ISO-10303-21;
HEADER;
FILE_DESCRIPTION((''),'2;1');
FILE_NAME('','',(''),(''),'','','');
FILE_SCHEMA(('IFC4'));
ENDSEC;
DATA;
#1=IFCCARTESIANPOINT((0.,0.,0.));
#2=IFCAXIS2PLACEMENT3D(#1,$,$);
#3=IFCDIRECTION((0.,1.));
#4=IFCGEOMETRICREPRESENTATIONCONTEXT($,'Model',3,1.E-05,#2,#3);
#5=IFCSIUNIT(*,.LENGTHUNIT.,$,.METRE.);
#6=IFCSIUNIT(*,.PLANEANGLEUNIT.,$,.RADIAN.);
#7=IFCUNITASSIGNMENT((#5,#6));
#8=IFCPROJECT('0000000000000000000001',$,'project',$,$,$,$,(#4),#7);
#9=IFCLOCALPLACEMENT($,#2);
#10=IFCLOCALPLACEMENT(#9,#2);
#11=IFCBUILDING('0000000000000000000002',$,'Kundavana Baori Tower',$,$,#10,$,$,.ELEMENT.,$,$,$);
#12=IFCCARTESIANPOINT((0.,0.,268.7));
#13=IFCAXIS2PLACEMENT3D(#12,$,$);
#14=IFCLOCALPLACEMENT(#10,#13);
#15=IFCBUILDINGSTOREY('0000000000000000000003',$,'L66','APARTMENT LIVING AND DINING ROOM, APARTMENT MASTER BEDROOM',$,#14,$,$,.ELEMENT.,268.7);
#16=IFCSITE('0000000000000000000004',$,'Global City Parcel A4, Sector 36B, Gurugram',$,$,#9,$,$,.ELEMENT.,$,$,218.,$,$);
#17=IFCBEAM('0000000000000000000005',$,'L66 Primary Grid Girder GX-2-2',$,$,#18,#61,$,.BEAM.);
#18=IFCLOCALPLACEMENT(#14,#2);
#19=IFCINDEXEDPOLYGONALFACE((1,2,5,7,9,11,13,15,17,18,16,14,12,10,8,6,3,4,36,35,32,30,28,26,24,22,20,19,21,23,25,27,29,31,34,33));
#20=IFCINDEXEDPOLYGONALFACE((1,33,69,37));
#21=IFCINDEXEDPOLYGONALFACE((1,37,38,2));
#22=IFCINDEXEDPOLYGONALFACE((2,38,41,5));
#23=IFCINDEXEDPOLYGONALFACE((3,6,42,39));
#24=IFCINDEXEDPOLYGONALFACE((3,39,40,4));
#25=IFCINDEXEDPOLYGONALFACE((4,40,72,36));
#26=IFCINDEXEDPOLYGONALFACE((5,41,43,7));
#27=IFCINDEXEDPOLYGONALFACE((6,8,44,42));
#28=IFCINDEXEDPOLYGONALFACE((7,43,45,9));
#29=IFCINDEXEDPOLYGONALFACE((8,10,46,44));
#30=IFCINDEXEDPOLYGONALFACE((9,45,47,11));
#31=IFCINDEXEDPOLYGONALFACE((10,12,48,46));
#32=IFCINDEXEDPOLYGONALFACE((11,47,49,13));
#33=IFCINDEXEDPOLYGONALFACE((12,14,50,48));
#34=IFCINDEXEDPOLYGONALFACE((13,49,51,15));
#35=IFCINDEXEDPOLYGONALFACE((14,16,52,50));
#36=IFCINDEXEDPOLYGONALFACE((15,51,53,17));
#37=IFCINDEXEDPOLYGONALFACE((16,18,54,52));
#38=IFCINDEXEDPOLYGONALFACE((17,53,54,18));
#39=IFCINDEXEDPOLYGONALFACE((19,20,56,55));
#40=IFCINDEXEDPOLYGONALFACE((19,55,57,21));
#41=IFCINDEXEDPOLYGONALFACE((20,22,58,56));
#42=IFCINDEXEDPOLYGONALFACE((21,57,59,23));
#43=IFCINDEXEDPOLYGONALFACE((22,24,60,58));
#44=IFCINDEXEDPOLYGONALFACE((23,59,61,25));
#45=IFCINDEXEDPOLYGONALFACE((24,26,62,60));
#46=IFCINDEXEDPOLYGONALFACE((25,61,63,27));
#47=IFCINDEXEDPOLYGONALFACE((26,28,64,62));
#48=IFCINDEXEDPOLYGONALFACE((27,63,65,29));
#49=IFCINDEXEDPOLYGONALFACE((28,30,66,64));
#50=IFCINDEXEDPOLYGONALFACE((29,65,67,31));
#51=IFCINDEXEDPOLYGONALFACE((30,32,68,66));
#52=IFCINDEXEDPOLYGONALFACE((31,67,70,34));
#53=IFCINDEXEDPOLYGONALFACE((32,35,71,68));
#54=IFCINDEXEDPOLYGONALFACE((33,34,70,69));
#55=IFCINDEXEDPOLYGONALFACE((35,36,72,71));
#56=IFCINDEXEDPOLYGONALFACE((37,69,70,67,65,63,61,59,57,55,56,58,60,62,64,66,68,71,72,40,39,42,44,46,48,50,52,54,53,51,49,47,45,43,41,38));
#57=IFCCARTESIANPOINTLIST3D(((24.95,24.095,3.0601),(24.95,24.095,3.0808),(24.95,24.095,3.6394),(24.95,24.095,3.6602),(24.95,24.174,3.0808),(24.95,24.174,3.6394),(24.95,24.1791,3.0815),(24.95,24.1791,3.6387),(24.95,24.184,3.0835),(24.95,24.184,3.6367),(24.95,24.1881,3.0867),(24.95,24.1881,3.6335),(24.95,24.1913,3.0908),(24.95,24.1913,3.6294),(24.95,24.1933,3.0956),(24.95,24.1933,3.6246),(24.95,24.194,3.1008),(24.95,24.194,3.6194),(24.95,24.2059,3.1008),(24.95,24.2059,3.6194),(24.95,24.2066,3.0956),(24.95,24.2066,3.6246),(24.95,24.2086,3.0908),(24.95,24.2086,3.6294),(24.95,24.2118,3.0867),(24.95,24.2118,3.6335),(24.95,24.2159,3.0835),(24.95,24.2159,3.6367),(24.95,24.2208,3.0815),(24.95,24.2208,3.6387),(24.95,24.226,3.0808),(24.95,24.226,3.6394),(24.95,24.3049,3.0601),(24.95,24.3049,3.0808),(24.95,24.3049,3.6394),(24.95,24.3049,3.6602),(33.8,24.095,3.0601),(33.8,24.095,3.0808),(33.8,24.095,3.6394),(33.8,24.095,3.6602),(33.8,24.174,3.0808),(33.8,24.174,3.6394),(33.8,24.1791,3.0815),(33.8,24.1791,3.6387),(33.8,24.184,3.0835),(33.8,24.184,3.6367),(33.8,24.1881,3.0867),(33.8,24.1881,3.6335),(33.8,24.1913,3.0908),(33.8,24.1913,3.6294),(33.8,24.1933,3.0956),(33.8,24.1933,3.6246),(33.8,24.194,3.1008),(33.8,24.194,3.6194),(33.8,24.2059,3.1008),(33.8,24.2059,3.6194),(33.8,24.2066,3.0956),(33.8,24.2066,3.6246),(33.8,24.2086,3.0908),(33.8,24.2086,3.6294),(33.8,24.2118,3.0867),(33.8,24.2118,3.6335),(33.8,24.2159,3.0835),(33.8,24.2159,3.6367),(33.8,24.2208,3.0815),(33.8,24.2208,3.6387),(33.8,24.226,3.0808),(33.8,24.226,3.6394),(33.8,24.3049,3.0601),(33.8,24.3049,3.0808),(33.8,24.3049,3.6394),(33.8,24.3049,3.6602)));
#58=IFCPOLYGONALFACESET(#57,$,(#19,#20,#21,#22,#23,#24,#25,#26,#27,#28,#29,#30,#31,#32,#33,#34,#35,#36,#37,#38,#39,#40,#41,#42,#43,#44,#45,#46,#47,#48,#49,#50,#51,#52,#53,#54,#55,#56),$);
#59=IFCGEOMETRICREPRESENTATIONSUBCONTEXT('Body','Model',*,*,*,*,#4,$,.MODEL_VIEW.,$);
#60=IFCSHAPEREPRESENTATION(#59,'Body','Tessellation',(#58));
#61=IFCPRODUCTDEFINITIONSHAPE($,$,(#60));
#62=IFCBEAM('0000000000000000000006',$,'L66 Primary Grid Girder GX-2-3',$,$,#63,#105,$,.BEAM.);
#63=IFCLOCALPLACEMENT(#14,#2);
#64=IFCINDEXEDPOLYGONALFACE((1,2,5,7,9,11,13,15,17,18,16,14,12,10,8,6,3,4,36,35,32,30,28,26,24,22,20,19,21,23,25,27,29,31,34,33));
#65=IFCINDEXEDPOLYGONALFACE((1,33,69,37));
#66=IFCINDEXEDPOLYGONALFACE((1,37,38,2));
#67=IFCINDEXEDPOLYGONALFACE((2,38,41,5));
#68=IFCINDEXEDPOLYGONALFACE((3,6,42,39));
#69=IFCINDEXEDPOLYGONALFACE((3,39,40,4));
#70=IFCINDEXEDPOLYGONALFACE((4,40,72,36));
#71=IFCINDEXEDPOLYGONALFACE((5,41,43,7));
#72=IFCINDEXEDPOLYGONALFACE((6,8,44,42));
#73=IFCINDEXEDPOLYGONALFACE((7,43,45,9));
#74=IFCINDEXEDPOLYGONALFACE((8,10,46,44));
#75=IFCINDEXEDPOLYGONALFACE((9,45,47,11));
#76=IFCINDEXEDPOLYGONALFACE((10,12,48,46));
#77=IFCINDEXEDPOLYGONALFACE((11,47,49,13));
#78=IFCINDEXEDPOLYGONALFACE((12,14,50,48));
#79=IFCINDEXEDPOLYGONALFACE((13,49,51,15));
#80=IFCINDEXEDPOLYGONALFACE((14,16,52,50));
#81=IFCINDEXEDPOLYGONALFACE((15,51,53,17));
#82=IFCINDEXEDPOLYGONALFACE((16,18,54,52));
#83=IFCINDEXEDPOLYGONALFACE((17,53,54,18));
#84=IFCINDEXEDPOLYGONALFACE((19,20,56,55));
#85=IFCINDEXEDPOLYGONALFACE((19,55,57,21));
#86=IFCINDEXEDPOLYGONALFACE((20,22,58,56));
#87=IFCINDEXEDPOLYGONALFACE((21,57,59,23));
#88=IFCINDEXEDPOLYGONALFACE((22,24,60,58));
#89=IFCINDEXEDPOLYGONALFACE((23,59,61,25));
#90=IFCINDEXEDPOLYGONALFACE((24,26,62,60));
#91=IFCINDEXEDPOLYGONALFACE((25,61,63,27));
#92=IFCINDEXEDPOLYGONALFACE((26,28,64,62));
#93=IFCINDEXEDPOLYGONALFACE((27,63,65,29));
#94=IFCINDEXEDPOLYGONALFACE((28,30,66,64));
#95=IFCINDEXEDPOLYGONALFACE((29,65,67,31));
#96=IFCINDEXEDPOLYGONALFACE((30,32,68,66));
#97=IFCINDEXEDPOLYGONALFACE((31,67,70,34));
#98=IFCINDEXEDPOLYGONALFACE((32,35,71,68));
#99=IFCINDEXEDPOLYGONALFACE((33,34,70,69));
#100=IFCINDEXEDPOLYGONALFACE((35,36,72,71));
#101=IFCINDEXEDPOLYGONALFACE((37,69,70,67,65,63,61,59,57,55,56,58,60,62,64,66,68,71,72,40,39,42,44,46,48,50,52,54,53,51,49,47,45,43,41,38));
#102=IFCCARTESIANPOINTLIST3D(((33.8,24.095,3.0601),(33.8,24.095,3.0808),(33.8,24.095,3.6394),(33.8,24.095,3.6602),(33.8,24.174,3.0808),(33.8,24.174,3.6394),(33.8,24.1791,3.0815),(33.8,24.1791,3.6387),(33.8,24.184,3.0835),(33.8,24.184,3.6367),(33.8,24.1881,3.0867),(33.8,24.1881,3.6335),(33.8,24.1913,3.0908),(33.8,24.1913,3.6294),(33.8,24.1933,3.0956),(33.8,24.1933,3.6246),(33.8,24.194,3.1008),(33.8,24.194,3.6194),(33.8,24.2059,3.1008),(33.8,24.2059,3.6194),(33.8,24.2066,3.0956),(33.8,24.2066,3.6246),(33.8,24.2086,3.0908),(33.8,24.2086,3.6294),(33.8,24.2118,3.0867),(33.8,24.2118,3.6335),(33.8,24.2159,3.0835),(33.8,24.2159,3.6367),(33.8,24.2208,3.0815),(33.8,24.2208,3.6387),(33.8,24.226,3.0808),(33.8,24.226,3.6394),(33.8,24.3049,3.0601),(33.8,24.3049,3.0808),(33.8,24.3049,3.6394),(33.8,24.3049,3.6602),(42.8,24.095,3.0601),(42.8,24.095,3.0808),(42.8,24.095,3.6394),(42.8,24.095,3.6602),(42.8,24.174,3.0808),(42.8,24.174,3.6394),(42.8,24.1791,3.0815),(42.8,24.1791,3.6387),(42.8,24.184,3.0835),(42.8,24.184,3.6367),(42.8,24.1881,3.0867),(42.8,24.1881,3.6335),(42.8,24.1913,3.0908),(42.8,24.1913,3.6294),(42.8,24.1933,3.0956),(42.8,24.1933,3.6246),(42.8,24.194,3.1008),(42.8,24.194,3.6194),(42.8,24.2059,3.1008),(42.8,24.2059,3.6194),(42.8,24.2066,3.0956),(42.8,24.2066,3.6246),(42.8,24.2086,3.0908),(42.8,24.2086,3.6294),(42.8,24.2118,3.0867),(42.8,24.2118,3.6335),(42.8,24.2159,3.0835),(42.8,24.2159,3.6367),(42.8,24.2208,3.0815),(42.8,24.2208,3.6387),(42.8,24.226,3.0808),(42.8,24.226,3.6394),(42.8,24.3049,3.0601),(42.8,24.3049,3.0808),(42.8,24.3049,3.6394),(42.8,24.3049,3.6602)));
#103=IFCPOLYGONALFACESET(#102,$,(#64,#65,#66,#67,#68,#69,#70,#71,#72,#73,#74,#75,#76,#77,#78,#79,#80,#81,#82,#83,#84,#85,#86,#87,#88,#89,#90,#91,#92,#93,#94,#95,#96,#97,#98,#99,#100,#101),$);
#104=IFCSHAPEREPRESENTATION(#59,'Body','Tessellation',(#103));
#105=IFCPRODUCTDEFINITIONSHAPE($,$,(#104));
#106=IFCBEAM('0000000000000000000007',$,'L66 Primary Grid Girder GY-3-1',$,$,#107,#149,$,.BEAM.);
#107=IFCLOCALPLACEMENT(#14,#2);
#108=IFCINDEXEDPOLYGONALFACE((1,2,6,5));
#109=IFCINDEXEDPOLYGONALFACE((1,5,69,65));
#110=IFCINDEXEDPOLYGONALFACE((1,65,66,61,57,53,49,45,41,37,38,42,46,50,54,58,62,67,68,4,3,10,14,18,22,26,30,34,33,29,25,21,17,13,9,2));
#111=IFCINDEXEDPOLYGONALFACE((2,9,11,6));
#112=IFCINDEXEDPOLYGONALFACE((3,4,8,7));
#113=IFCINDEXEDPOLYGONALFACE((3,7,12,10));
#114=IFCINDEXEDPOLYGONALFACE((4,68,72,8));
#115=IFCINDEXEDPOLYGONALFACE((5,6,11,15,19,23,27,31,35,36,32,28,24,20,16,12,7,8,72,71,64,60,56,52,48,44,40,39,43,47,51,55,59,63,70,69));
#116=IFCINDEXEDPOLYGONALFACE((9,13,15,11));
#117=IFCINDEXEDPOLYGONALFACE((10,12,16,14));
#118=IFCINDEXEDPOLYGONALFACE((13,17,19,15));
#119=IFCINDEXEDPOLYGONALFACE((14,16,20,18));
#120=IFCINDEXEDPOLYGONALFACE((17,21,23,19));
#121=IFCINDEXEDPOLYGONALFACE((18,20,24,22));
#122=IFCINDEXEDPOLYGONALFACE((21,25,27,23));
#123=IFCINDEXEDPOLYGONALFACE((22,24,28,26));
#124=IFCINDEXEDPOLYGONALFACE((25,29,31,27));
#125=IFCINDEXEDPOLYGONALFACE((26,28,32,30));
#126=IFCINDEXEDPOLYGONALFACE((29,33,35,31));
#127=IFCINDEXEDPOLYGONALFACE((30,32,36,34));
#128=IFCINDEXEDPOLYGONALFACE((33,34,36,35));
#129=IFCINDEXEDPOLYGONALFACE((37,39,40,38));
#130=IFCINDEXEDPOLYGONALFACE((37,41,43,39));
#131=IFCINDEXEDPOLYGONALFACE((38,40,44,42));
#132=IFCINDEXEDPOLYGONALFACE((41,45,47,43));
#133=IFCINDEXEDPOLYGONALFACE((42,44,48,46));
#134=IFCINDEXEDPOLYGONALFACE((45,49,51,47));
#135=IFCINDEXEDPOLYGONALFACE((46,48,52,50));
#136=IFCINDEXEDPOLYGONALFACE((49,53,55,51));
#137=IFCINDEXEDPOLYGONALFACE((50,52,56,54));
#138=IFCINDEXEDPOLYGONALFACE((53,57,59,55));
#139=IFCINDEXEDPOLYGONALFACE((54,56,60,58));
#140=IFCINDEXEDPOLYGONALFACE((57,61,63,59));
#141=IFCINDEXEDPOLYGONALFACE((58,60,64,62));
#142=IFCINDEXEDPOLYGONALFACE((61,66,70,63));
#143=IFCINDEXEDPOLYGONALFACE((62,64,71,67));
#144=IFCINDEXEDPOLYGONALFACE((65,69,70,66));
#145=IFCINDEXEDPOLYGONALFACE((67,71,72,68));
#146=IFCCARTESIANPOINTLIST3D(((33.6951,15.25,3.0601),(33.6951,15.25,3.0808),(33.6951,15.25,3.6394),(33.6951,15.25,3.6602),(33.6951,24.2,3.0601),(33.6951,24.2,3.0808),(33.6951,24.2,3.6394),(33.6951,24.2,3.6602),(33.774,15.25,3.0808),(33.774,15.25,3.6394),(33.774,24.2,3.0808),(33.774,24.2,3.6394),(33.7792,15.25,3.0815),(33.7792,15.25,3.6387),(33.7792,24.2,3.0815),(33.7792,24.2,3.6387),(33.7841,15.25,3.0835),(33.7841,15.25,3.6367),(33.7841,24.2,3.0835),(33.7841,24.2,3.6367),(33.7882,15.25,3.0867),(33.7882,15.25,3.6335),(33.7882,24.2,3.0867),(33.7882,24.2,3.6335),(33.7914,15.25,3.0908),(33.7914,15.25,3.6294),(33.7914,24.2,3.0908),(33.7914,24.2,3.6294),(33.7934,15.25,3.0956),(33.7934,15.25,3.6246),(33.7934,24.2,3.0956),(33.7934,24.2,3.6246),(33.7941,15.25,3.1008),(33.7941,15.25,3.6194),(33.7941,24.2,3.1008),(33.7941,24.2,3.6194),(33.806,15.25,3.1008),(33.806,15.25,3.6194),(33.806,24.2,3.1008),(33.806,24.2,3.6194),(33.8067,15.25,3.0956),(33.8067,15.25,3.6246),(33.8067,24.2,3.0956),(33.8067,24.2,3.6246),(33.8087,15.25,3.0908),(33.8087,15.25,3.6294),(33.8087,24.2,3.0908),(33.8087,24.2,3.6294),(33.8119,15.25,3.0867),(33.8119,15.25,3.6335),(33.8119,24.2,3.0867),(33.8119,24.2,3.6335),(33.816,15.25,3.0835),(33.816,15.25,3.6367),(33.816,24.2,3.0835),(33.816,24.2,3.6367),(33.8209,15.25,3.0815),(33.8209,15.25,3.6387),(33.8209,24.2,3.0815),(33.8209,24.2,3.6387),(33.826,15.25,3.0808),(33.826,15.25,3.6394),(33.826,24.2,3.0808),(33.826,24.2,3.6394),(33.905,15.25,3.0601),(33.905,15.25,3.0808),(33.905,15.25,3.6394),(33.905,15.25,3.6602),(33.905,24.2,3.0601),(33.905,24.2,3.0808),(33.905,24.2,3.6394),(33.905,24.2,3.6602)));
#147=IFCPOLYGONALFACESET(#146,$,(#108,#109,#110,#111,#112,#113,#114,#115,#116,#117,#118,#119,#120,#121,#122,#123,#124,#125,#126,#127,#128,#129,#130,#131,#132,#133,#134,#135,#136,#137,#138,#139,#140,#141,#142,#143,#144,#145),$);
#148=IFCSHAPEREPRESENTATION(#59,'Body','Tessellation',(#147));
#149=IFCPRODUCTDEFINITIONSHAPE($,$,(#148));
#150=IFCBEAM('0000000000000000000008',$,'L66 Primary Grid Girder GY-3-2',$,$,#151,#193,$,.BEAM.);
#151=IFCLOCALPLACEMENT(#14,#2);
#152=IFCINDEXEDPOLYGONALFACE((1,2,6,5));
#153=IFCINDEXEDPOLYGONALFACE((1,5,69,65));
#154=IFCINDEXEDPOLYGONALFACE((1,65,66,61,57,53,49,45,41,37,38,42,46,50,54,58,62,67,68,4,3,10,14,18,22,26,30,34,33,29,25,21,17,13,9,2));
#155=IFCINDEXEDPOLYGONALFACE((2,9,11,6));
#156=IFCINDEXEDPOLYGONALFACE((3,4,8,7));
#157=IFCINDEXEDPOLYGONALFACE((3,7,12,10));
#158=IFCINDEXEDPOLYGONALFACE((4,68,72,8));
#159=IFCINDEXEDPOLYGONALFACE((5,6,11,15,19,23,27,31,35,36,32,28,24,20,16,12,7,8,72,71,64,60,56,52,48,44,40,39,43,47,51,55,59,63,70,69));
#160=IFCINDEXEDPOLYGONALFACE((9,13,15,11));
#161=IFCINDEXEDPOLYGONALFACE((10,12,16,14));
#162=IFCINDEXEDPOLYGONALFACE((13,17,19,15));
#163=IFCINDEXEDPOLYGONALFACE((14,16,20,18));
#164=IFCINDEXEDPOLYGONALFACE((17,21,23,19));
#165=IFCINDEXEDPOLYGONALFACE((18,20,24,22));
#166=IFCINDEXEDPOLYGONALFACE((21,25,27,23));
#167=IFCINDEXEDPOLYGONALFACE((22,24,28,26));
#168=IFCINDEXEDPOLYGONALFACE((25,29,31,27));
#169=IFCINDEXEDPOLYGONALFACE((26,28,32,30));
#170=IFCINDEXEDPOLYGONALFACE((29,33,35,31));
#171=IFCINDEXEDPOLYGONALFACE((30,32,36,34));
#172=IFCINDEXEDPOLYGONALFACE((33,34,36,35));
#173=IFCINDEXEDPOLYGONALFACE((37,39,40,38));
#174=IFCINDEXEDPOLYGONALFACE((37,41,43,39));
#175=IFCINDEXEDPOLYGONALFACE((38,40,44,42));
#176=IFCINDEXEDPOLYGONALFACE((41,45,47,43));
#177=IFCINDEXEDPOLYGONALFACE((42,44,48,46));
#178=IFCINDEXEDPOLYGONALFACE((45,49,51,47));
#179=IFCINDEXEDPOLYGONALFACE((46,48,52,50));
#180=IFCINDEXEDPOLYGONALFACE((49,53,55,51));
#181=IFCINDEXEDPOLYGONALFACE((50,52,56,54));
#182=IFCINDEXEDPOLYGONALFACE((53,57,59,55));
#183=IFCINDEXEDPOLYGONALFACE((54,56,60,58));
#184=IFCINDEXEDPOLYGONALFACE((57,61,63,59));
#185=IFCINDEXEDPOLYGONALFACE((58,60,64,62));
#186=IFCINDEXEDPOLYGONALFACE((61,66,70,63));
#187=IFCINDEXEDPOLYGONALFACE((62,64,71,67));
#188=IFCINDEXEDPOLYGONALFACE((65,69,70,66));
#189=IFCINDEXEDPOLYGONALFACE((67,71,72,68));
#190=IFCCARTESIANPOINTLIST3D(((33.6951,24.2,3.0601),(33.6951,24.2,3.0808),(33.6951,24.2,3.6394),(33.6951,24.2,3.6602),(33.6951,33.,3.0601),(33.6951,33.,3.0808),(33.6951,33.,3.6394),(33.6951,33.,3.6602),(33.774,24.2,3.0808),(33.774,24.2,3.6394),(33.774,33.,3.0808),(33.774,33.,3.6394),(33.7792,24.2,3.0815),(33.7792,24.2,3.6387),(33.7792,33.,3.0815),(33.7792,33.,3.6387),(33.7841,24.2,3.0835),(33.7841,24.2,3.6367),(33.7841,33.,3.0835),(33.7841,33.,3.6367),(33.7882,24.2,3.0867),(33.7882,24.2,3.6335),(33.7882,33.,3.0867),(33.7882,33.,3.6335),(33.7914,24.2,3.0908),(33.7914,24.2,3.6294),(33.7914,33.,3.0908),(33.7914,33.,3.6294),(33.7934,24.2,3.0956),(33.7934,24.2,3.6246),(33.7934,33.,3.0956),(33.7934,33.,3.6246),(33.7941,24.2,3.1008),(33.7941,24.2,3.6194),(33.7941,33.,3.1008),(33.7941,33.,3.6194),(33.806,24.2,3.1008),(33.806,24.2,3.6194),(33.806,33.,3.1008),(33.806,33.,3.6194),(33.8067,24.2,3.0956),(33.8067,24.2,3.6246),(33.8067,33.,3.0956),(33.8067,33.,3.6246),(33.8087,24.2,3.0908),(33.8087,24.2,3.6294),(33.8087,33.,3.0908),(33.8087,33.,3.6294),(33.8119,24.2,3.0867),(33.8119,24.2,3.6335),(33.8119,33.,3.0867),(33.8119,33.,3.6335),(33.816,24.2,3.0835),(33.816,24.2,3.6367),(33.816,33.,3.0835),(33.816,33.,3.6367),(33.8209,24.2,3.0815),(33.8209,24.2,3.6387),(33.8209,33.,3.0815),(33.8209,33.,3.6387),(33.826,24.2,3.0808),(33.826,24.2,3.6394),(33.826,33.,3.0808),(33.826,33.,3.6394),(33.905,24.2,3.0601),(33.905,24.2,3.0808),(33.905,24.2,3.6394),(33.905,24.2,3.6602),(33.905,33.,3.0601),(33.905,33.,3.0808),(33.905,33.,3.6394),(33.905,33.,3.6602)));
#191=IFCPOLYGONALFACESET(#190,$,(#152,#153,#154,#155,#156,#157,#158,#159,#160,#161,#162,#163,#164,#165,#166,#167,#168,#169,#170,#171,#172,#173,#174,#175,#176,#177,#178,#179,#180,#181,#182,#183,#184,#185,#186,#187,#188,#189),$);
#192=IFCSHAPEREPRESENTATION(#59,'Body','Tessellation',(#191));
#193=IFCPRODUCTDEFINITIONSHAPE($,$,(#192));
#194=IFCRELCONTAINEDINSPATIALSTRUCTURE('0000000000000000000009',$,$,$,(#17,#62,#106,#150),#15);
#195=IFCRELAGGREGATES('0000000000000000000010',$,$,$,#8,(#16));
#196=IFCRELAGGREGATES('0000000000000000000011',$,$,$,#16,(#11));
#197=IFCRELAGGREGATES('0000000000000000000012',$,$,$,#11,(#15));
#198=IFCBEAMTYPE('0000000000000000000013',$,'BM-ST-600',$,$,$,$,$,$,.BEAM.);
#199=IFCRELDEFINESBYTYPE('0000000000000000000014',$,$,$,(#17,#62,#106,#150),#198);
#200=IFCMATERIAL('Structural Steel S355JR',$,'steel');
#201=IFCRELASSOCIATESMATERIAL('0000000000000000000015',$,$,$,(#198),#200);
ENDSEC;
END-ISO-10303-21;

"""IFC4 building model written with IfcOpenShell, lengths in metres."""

from ifc_helpers import new_model, si_unit, direction, frame, origin, origin_2d, place, context, subcontext, project, spatial, i_section, extrude, material, material_profile, profile_set, type_object, element, save


model = new_model("IFC4")

# Units and contexts
model_context = context("Model", 3, precision=1e-05, world=origin(), true_north=direction((0.0, 1.0)))
body_context = subcontext(model_context, "Body", "Model", "MODEL_VIEW")
ifc_project = project(units=[si_unit("LENGTHUNIT", "METRE"), si_unit("PLANEANGLEUNIT", "RADIAN")], contexts=[model_context])

# Site, building, storey
site_placement = place(None, origin())
site = spatial("IfcSite", under=ifc_project, at=site_placement, Name="Global City Parcel A4, Sector 36B, Gurugram", CompositionType="ELEMENT", RefElevation=218.0)
building_placement = place(site_placement, origin())
building = spatial("IfcBuilding", under=site, at=building_placement, Name="Kundavana Baori Tower", CompositionType="ELEMENT")
storey_placement = place(building_placement, frame((0.0, 0.0, 268.7)))
storey = spatial("IfcBuildingStorey", under=building, at=storey_placement, Name="L66", Description="APARTMENT LIVING AND DINING ROOM, APARTMENT MASTER BEDROOM", CompositionType="ELEMENT", Elevation=268.7)

# Beams
ifc_material_1 = material(Name="Structural Steel S355JR", Category="steel")
ifc_material_profile_1 = material_profile(ifc_material_1, i_section(OverallWidth=0.21, OverallDepth=0.6001, WebThickness=0.012, FlangeThickness=0.0208, FilletRadius=0.02, at=origin_2d()), Name="ISMB 600")
ifc_profile_set_1 = profile_set([ifc_material_profile_1], Name="Structural Steel S355JR")
beam_type_1 = type_object("IfcBeamType", Name="BM-ST-600", PredefinedType="BEAM", material=ifc_profile_set_1)
beam_1_placement = place(storey_placement, frame((24.95, 24.2, 3.3601), z_axis=(1.0, 0.0, 0.0), x_axis=(0.0, 1.0, 0.0)))
element("IfcBeam", 1, at=beam_1_placement, inside=storey, type_object=beam_type_1, Name="L66 Primary Grid Girder GX-2-2", PredefinedType="BEAM", context=body_context, shape_type="SweptSolid", body=[
    extrude(i_section(OverallWidth=0.21, OverallDepth=0.6001, WebThickness=0.012, FlangeThickness=0.0208, FilletRadius=0.02, at=origin_2d()), origin(), (0.0, 0.0, 1.0), 8.8501),
])
beam_2_placement = place(storey_placement, frame((33.8, 24.2, 3.3601), z_axis=(1.0, 0.0, 0.0), x_axis=(0.0, 1.0, 0.0)))
element("IfcBeam", 2, at=beam_2_placement, inside=storey, type_object=beam_type_1, Name="L66 Primary Grid Girder GX-2-3", PredefinedType="BEAM", context=body_context, shape_type="SweptSolid", body=[
    extrude(i_section(OverallWidth=0.21, OverallDepth=0.6001, WebThickness=0.012, FlangeThickness=0.0208, FilletRadius=0.02, at=origin_2d()), origin(), (0.0, 0.0, 1.0), 9.0),
])
beam_3_placement = place(storey_placement, frame((33.8, 15.25, 3.3601), z_axis=(0.0, 1.0, 0.0), x_axis=(-1.0, 0.0, 0.0)))
element("IfcBeam", 3, at=beam_3_placement, inside=storey, type_object=beam_type_1, Name="L66 Primary Grid Girder GY-3-1", PredefinedType="BEAM", context=body_context, shape_type="SweptSolid", body=[
    extrude(i_section(OverallWidth=0.21, OverallDepth=0.6001, WebThickness=0.012, FlangeThickness=0.0208, FilletRadius=0.02, at=origin_2d()), origin(), (0.0, 0.0, 1.0), 8.95),
])
beam_4_placement = place(storey_placement, frame((33.8, 24.2, 3.3601), z_axis=(0.0, 1.0, 0.0), x_axis=(-1.0, 0.0, 0.0)))
element("IfcBeam", 4, at=beam_4_placement, inside=storey, type_object=beam_type_1, Name="L66 Primary Grid Girder GY-3-2", PredefinedType="BEAM", context=body_context, shape_type="SweptSolid", body=[
    extrude(i_section(OverallWidth=0.21, OverallDepth=0.6001, WebThickness=0.012, FlangeThickness=0.0208, FilletRadius=0.02, at=origin_2d()), origin(), (0.0, 0.0, 1.0), 8.8),
])

save(model, "model.ifc")
